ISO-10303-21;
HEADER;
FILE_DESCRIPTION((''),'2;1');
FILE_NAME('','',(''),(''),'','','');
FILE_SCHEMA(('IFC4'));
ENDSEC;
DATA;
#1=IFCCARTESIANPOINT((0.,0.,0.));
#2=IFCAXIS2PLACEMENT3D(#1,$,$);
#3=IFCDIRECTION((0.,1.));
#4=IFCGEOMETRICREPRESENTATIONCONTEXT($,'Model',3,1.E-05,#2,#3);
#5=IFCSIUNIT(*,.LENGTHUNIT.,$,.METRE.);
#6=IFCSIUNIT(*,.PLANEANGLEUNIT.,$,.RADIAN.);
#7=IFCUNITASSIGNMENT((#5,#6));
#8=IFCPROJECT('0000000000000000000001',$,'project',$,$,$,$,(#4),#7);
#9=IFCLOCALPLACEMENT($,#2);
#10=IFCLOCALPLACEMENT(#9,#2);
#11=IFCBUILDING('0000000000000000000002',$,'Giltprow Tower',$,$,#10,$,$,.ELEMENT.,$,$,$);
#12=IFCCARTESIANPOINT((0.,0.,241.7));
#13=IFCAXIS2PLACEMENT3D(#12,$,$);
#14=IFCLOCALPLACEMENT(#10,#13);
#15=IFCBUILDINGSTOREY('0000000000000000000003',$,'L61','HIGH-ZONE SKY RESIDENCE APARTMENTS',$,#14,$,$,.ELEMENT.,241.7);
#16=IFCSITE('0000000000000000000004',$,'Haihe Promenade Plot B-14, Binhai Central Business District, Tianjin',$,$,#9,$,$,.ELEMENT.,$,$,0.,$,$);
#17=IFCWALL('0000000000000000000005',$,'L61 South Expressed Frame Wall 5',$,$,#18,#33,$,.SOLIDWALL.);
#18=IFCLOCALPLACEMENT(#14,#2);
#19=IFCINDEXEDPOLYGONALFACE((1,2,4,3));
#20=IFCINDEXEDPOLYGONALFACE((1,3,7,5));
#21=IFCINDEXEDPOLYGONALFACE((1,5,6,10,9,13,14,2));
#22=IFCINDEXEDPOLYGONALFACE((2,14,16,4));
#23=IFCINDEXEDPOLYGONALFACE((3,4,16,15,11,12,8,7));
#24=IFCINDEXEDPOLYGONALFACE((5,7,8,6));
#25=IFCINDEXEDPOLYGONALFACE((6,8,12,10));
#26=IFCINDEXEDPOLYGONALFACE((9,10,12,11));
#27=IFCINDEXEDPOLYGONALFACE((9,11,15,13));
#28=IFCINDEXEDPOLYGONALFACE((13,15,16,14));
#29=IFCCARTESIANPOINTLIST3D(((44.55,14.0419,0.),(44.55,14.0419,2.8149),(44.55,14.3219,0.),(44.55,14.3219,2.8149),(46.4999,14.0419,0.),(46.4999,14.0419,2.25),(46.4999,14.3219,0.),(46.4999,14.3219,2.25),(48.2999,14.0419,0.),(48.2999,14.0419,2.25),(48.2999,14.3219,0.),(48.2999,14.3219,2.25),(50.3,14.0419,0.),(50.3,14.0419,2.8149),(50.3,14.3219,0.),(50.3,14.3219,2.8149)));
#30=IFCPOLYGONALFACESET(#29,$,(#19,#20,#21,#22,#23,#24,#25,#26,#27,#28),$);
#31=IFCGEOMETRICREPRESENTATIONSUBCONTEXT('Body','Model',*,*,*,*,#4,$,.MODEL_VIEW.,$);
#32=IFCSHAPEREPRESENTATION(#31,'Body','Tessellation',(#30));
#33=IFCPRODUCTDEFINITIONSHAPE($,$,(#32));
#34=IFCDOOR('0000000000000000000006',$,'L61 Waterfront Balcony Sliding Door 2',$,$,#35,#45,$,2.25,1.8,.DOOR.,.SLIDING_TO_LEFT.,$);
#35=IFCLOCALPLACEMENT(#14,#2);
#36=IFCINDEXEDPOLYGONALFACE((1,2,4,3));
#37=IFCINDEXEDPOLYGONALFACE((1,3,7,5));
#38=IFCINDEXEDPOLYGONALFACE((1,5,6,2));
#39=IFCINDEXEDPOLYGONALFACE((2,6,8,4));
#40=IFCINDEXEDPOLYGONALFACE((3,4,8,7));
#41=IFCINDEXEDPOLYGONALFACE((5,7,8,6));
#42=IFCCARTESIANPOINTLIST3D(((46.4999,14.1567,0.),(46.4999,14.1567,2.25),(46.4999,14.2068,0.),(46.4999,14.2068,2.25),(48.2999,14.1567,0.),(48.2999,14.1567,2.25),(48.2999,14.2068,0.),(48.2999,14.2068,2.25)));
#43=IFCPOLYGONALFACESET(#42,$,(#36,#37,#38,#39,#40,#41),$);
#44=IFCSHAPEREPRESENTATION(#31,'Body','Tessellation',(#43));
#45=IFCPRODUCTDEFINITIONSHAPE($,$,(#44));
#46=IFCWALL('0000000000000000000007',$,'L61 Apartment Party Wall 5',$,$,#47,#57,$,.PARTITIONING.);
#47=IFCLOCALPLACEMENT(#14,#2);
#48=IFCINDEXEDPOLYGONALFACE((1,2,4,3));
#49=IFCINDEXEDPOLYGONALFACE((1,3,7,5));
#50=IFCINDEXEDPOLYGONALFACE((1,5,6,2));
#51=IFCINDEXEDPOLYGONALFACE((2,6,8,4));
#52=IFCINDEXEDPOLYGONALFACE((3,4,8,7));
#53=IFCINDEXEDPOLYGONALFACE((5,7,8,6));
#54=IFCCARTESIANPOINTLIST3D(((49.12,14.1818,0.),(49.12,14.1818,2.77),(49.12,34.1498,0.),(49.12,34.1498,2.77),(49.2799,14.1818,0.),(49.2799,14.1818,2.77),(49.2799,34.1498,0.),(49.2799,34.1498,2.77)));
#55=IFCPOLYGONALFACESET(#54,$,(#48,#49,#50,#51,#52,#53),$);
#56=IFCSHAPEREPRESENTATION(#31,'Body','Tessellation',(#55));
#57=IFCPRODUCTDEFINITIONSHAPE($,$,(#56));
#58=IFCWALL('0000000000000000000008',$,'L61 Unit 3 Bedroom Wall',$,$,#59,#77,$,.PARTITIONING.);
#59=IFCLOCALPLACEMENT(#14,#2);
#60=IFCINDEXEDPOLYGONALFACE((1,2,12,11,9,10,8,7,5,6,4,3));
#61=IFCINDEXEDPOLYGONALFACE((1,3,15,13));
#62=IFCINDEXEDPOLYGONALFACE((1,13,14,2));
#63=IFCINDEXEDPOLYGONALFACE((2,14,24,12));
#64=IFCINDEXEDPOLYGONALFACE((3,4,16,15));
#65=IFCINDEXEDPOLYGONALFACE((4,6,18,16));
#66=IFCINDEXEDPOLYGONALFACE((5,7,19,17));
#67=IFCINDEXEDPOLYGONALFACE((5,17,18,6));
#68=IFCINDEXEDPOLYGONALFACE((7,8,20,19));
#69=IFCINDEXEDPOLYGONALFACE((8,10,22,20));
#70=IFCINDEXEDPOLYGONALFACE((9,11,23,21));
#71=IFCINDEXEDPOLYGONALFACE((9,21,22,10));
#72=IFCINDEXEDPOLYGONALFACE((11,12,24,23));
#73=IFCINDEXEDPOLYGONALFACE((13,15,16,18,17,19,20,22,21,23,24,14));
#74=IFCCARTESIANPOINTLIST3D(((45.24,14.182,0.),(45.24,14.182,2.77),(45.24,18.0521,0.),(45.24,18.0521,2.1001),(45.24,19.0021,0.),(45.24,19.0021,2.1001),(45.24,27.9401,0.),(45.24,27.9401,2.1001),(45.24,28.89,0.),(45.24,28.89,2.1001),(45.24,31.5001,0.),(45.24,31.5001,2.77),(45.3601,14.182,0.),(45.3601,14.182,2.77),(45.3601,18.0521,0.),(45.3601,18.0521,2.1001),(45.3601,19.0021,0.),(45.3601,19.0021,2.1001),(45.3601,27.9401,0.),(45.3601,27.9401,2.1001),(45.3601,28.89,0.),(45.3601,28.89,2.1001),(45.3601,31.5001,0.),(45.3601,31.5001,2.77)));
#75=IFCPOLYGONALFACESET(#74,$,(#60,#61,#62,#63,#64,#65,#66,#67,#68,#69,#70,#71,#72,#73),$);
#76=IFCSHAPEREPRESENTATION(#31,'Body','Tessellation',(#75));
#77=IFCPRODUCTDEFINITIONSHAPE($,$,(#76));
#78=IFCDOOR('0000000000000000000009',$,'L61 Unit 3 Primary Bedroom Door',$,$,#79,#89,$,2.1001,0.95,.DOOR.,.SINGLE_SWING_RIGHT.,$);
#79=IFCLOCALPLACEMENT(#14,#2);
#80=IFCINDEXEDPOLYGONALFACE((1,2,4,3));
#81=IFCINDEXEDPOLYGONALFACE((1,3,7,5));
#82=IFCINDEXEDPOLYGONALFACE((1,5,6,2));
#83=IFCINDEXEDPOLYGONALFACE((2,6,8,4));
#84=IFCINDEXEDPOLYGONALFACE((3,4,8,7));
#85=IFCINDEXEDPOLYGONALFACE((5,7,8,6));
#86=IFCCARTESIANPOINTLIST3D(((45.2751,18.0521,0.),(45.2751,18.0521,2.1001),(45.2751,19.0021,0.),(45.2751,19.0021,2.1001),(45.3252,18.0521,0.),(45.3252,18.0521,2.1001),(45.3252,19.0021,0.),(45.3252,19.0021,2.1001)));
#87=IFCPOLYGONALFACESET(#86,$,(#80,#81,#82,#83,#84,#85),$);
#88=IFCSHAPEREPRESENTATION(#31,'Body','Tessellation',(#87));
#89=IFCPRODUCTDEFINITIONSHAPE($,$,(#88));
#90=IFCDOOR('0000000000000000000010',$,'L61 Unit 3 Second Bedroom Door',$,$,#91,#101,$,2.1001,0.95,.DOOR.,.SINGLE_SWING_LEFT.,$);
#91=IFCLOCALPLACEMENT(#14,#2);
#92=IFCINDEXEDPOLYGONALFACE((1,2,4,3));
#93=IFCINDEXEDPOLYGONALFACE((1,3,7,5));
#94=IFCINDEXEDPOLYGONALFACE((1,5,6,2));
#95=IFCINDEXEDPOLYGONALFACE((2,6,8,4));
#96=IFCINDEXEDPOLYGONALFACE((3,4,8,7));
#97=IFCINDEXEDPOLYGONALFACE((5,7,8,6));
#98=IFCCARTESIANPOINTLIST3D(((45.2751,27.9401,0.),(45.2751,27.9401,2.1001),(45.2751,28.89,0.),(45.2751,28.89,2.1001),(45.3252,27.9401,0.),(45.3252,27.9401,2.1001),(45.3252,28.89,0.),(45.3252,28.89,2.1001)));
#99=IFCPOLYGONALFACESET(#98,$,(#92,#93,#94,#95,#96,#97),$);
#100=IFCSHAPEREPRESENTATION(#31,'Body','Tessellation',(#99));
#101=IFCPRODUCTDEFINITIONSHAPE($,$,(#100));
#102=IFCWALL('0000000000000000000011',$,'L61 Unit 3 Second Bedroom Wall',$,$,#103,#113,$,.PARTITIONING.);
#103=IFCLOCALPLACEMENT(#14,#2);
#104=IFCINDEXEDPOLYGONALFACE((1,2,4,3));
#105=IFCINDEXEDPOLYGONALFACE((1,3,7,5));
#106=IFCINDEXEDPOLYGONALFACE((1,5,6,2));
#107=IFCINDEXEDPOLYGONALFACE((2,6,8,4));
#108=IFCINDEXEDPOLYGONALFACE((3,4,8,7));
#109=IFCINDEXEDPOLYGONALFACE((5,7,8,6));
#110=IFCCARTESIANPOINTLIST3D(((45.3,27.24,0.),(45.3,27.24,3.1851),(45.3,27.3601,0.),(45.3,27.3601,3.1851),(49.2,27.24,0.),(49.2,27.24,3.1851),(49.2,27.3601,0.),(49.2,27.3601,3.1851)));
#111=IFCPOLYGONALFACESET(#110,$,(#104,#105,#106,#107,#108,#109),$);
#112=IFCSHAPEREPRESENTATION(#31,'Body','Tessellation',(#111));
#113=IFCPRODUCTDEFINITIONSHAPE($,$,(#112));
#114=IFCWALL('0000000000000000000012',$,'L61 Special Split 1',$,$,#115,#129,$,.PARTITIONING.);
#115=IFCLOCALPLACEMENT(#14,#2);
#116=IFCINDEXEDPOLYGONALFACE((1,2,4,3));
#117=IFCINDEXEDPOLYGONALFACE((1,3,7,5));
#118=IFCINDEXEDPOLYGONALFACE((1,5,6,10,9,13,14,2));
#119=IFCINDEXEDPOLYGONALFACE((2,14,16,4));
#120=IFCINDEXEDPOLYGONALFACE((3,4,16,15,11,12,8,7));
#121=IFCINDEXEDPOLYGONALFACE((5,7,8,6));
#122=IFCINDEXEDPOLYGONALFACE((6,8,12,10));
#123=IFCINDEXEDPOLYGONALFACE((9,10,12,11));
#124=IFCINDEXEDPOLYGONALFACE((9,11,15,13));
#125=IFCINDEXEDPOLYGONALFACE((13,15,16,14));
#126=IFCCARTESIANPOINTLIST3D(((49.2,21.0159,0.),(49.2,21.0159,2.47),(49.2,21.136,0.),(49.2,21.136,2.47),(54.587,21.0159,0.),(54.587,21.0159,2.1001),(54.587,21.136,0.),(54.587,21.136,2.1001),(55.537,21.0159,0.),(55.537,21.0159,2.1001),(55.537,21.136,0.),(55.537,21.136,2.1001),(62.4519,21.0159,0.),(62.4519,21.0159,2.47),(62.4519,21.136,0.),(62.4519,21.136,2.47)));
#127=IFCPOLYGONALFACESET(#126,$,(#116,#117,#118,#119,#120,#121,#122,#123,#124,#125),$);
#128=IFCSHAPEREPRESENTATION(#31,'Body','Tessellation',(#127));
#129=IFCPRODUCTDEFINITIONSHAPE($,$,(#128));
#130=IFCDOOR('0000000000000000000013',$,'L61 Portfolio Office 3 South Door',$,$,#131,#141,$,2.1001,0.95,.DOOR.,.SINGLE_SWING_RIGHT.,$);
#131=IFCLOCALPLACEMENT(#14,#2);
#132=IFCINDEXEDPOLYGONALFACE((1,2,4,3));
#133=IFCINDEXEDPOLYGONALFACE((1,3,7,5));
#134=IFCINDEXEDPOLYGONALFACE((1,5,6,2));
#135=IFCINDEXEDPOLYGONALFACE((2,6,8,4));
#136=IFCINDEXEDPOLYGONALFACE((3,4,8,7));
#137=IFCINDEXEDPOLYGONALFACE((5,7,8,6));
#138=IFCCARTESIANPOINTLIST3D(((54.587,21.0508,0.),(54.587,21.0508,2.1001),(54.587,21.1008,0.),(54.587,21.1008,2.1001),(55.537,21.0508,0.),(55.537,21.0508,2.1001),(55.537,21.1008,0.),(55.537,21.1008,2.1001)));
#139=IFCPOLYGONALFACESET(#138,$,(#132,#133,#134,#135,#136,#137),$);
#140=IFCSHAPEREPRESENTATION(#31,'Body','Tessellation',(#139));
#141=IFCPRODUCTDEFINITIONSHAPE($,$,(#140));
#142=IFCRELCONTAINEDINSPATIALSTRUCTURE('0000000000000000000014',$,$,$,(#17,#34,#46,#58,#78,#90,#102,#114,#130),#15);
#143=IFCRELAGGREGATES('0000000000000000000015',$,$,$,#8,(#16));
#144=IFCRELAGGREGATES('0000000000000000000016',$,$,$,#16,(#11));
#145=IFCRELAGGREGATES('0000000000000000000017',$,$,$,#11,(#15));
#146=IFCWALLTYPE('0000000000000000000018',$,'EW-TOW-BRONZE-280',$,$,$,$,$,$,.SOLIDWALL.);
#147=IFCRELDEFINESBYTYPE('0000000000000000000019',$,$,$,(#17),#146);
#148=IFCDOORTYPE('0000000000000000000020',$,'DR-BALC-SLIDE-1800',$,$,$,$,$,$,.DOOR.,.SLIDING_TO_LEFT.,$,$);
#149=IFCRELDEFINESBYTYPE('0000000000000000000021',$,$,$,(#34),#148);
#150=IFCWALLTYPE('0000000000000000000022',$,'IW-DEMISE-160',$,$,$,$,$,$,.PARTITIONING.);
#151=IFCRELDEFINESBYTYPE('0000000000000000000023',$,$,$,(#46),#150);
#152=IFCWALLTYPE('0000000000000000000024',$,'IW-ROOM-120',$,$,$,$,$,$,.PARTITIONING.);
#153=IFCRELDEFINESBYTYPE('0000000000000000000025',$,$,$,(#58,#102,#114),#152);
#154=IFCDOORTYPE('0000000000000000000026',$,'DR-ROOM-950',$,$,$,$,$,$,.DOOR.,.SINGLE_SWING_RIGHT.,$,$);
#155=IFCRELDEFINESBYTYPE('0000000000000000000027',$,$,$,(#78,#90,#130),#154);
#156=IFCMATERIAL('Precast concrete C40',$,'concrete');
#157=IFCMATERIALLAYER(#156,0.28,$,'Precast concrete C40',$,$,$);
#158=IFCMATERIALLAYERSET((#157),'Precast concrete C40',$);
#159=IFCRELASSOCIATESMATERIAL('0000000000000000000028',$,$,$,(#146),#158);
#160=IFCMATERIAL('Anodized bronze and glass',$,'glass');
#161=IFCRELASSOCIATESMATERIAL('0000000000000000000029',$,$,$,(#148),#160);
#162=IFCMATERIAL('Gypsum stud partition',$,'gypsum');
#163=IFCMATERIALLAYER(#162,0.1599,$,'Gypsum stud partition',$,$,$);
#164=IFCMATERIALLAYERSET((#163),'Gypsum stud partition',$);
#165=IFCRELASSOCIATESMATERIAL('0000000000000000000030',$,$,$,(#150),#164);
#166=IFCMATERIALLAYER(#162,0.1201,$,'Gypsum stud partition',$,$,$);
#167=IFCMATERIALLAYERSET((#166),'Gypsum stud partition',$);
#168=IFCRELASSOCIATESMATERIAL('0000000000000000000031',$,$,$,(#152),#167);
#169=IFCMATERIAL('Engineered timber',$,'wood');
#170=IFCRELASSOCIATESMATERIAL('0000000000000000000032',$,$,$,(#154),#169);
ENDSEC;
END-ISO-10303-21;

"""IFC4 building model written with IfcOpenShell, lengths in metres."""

from ifc_helpers import new_model, si_unit, direction, frame, frame_2d, origin, place, context, subcontext, project, spatial, rectangle, extrude, source, transform, mapped, material, layer, layer_set, type_object, element, fill, save


model = new_model("IFC4")

# Units and contexts
model_context = context("Model", 3, precision=1e-05, world=origin(), true_north=direction((0.0, 1.0)))
body_context = subcontext(model_context, "Body", "Model", "MODEL_VIEW")
ifc_project = project(units=[si_unit("LENGTHUNIT", "METRE"), si_unit("PLANEANGLEUNIT", "RADIAN")], contexts=[model_context])

# Site, building, storey
site_placement = place(None, origin())
site = spatial("IfcSite", under=ifc_project, at=site_placement, Name="Haihe Promenade Plot B-14, Binhai Central Business District, Tianjin", CompositionType="ELEMENT", RefElevation=0.0)
building_placement = place(site_placement, origin())
building = spatial("IfcBuilding", under=site, at=building_placement, Name="Giltprow Tower", CompositionType="ELEMENT")
storey_placement = place(building_placement, frame((0.0, 0.0, 241.7)))
storey = spatial("IfcBuildingStorey", under=building, at=storey_placement, Name="L61", Description="HIGH-ZONE SKY RESIDENCE APARTMENTS", CompositionType="ELEMENT", Elevation=241.7)

# Wall, opening, door
ifc_material_1 = material(Name="Precast concrete C40", Category="concrete")
ifc_layer_1 = layer(ifc_material_1, 0.28, Name="Precast concrete C40")
ifc_layer_set_1 = layer_set([ifc_layer_1], Name="Precast concrete C40")
wall_type_1 = type_object("IfcWallType", Name="EW-TOW-BRONZE-280", PredefinedType="SOLIDWALL", material=ifc_layer_set_1)
wall_1_placement = place(storey_placement, frame((44.55, 14.1819, 0.0), z_axis=(0.0, 0.0, 1.0), x_axis=(1.0, 0.0, 0.0)))
wall_1 = element("IfcWall", 1, at=wall_1_placement, inside=storey, type_object=wall_type_1, Name="L61 South Expressed Frame Wall 5", PredefinedType="SOLIDWALL", context=body_context, shape_type="SweptSolid", body=[
    extrude(rectangle(XDim=5.75, YDim=0.28, at=frame_2d((2.875, 0.0))), origin(), (0.0, 0.0, 1.0), 2.8149),
])
opening_1_placement = place(wall_1_placement, frame((1.95, 0.0, 0.0)))
opening_1 = element("IfcOpeningElement", 2, at=opening_1_placement, cuts=wall_1, PredefinedType="OPENING", context=body_context, shape_type="SweptSolid", body=[
    extrude(rectangle(XDim=1.8, YDim=2.25, at=frame_2d((0.8999, 1.125))), frame((0.0, 0.1499, 0.0), z_axis=(0.0, -1.0, 0.0), x_axis=(1.0, 0.0, 0.0)), (0.0, 0.0, 1.0), 0.3),
])
ifc_material_2 = material(Name="Anodized bronze and glass", Category="glass")
door_type_1 = type_object("IfcDoorType", Name="DR-BALC-SLIDE-1800", OperationType="SLIDING_TO_LEFT", PredefinedType="DOOR", material=ifc_material_2)
shared_shape_1 = source(origin(), body_context, "Body", "SweptSolid", [
    extrude(rectangle(XDim=1.8, YDim=2.25, at=frame_2d((0.8999, 1.125))), frame((0.0, 0.0249, 0.0), z_axis=(0.0, -1.0, 0.0), x_axis=(1.0, 0.0, 0.0)), (0.0, 0.0, 1.0), 0.05),
])
door_1_placement = place(opening_1_placement, origin())
door_1 = element("IfcDoor", 3, at=door_1_placement, inside=storey, type_object=door_type_1, Name="L61 Waterfront Balcony Sliding Door 2", OperationType="SLIDING_TO_LEFT", OverallHeight=2.25, OverallWidth=1.8, PredefinedType="DOOR", context=body_context, shape_type="MappedRepresentation", body=[
    mapped(shared_shape_1, transform((0.0, 0.0, 0.0), x_axis=(1.0, 0.0, 0.0), y_axis=(0.0, 1.0, 0.0), z_axis=(0.0, 0.0, 1.0), scale=1.0)),
])
fill(opening_1, door_1)

# Wall
ifc_material_3 = material(Name="Gypsum stud partition", Category="gypsum")
ifc_layer_2 = layer(ifc_material_3, 0.1599, Name="Gypsum stud partition")
ifc_layer_set_2 = layer_set([ifc_layer_2], Name="Gypsum stud partition")
wall_type_2 = type_object("IfcWallType", Name="IW-DEMISE-160", PredefinedType="PARTITIONING", material=ifc_layer_set_2)
wall_2_placement = place(storey_placement, frame((49.2, 14.1819, 0.0), z_axis=(0.0, 0.0, 1.0), x_axis=(0.0, 1.0, 0.0)))
element("IfcWall", 4, at=wall_2_placement, inside=storey, type_object=wall_type_2, Name="L61 Apartment Party Wall 5", PredefinedType="PARTITIONING", context=body_context, shape_type="SweptSolid", body=[
    extrude(rectangle(XDim=19.968, YDim=0.1599, at=frame_2d((9.9839, 0.0))), origin(), (0.0, 0.0, 1.0), 2.77),
])

# Wall, openings, doors
ifc_layer_3 = layer(ifc_material_3, 0.1201, Name="Gypsum stud partition")
ifc_layer_set_3 = layer_set([ifc_layer_3], Name="Gypsum stud partition")
wall_type_3 = type_object("IfcWallType", Name="IW-ROOM-120", PredefinedType="PARTITIONING", material=ifc_layer_set_3)
wall_3_placement = place(storey_placement, frame((45.3, 14.1819, 0.0), z_axis=(0.0, 0.0, 1.0), x_axis=(0.0, 1.0, 0.0)))
wall_3 = element("IfcWall", 5, at=wall_3_placement, inside=storey, type_object=wall_type_3, Name="L61 Unit 3 Bedroom Wall", PredefinedType="PARTITIONING", context=body_context, shape_type="SweptSolid", body=[
    extrude(rectangle(XDim=17.3181, YDim=0.1201, at=frame_2d((8.6592, 0.0))), origin(), (0.0, 0.0, 1.0), 2.77),
])
opening_2_placement = place(wall_3_placement, frame((3.8701, 0.0, 0.0)))
opening_2 = element("IfcOpeningElement", 6, at=opening_2_placement, cuts=wall_3, PredefinedType="OPENING", context=body_context, shape_type="SweptSolid", body=[
    extrude(rectangle(XDim=0.95, YDim=2.1001, at=frame_2d((0.4751, 1.05))), frame((0.0, 0.0701, 0.0), z_axis=(0.0, -1.0, 0.0), x_axis=(1.0, 0.0, 0.0)), (0.0, 0.0, 1.0), 0.1401),
])
opening_3_placement = place(wall_3_placement, frame((13.7581, 0.0, 0.0)))
opening_3 = element("IfcOpeningElement", 7, at=opening_3_placement, cuts=wall_3, PredefinedType="OPENING", context=body_context, shape_type="SweptSolid", body=[
    extrude(rectangle(XDim=0.95, YDim=2.1001, at=frame_2d((0.4751, 1.05))), frame((0.0, 0.0701, 0.0), z_axis=(0.0, -1.0, 0.0), x_axis=(1.0, 0.0, 0.0)), (0.0, 0.0, 1.0), 0.1401),
])
ifc_material_4 = material(Name="Engineered timber", Category="wood")
door_type_2 = type_object("IfcDoorType", Name="DR-ROOM-950", OperationType="SINGLE_SWING_RIGHT", PredefinedType="DOOR", material=ifc_material_4)
shared_shape_2 = source(origin(), body_context, "Body", "SweptSolid", [
    extrude(rectangle(XDim=0.95, YDim=2.1001, at=frame_2d((0.4751, 1.05))), frame((0.0, 0.0249, 0.0), z_axis=(0.0, -1.0, 0.0), x_axis=(1.0, 0.0, 0.0)), (0.0, 0.0, 1.0), 0.05),
])
door_2_placement = place(opening_2_placement, origin())
door_2 = element("IfcDoor", 8, at=door_2_placement, inside=storey, type_object=door_type_2, Name="L61 Unit 3 Primary Bedroom Door", OperationType="SINGLE_SWING_RIGHT", OverallHeight=2.1001, OverallWidth=0.95, PredefinedType="DOOR", context=body_context, shape_type="MappedRepresentation", body=[
    mapped(shared_shape_2, transform((0.0, 0.0, 0.0), x_axis=(1.0, 0.0, 0.0), y_axis=(0.0, 1.0, 0.0), z_axis=(0.0, 0.0, 1.0), scale=1.0)),
])
fill(opening_2, door_2)
door_3_placement = place(opening_3_placement, origin())
door_3 = element("IfcDoor", 9, at=door_3_placement, inside=storey, type_object=door_type_2, Name="L61 Unit 3 Second Bedroom Door", OperationType="SINGLE_SWING_LEFT", OverallHeight=2.1001, OverallWidth=0.95, PredefinedType="DOOR", context=body_context, shape_type="MappedRepresentation", body=[
    mapped(shared_shape_2, transform((0.0, 0.0, 0.0), x_axis=(1.0, 0.0, 0.0), y_axis=(0.0, 1.0, 0.0), z_axis=(0.0, 0.0, 1.0), scale=1.0)),
])
fill(opening_3, door_3)

# Wall
wall_4_placement = place(storey_placement, frame((45.3, 27.3, 0.0), z_axis=(0.0, 0.0, 1.0), x_axis=(1.0, 0.0, 0.0)))
element("IfcWall", 10, at=wall_4_placement, inside=storey, type_object=wall_type_3, Name="L61 Unit 3 Second Bedroom Wall", PredefinedType="PARTITIONING", context=body_context, shape_type="SweptSolid", body=[
    extrude(rectangle(XDim=3.8999, YDim=0.1201, at=frame_2d((1.95, 0.0))), origin(), (0.0, 0.0, 1.0), 3.1851),
])

# Wall, opening, door
wall_5_placement = place(storey_placement, frame((49.2, 21.0759, 0.0), z_axis=(0.0, 0.0, 1.0), x_axis=(1.0, 0.0, 0.0)))
wall_5 = element("IfcWall", 11, at=wall_5_placement, inside=storey, type_object=wall_type_3, Name="L61 Special Split 1", PredefinedType="PARTITIONING", context=body_context, shape_type="SweptSolid", body=[
    extrude(rectangle(XDim=13.252, YDim=0.1201, at=frame_2d((6.626, 0.0))), origin(), (0.0, 0.0, 1.0), 2.47),
])
opening_4_placement = place(wall_5_placement, frame((5.387, 0.0, 0.0)))
opening_4 = element("IfcOpeningElement", 12, at=opening_4_placement, cuts=wall_5, PredefinedType="OPENING", context=body_context, shape_type="SweptSolid", body=[
    extrude(rectangle(XDim=0.95, YDim=2.1001, at=frame_2d((0.4751, 1.05))), frame((0.0, 0.0701, 0.0), z_axis=(0.0, -1.0, 0.0), x_axis=(1.0, 0.0, 0.0)), (0.0, 0.0, 1.0), 0.1401),
])
door_4_placement = place(opening_4_placement, origin())
door_4 = element("IfcDoor", 13, at=door_4_placement, inside=storey, type_object=door_type_2, Name="L61 Portfolio Office 3 South Door", OperationType="SINGLE_SWING_RIGHT", OverallHeight=2.1001, OverallWidth=0.95, PredefinedType="DOOR", context=body_context, shape_type="MappedRepresentation", body=[
    mapped(shared_shape_2, transform((0.0, 0.0, 0.0), x_axis=(1.0, 0.0, 0.0), y_axis=(0.0, 1.0, 0.0), z_axis=(0.0, 0.0, 1.0), scale=1.0)),
])
fill(opening_4, door_4)

save(model, "model.ifc")
